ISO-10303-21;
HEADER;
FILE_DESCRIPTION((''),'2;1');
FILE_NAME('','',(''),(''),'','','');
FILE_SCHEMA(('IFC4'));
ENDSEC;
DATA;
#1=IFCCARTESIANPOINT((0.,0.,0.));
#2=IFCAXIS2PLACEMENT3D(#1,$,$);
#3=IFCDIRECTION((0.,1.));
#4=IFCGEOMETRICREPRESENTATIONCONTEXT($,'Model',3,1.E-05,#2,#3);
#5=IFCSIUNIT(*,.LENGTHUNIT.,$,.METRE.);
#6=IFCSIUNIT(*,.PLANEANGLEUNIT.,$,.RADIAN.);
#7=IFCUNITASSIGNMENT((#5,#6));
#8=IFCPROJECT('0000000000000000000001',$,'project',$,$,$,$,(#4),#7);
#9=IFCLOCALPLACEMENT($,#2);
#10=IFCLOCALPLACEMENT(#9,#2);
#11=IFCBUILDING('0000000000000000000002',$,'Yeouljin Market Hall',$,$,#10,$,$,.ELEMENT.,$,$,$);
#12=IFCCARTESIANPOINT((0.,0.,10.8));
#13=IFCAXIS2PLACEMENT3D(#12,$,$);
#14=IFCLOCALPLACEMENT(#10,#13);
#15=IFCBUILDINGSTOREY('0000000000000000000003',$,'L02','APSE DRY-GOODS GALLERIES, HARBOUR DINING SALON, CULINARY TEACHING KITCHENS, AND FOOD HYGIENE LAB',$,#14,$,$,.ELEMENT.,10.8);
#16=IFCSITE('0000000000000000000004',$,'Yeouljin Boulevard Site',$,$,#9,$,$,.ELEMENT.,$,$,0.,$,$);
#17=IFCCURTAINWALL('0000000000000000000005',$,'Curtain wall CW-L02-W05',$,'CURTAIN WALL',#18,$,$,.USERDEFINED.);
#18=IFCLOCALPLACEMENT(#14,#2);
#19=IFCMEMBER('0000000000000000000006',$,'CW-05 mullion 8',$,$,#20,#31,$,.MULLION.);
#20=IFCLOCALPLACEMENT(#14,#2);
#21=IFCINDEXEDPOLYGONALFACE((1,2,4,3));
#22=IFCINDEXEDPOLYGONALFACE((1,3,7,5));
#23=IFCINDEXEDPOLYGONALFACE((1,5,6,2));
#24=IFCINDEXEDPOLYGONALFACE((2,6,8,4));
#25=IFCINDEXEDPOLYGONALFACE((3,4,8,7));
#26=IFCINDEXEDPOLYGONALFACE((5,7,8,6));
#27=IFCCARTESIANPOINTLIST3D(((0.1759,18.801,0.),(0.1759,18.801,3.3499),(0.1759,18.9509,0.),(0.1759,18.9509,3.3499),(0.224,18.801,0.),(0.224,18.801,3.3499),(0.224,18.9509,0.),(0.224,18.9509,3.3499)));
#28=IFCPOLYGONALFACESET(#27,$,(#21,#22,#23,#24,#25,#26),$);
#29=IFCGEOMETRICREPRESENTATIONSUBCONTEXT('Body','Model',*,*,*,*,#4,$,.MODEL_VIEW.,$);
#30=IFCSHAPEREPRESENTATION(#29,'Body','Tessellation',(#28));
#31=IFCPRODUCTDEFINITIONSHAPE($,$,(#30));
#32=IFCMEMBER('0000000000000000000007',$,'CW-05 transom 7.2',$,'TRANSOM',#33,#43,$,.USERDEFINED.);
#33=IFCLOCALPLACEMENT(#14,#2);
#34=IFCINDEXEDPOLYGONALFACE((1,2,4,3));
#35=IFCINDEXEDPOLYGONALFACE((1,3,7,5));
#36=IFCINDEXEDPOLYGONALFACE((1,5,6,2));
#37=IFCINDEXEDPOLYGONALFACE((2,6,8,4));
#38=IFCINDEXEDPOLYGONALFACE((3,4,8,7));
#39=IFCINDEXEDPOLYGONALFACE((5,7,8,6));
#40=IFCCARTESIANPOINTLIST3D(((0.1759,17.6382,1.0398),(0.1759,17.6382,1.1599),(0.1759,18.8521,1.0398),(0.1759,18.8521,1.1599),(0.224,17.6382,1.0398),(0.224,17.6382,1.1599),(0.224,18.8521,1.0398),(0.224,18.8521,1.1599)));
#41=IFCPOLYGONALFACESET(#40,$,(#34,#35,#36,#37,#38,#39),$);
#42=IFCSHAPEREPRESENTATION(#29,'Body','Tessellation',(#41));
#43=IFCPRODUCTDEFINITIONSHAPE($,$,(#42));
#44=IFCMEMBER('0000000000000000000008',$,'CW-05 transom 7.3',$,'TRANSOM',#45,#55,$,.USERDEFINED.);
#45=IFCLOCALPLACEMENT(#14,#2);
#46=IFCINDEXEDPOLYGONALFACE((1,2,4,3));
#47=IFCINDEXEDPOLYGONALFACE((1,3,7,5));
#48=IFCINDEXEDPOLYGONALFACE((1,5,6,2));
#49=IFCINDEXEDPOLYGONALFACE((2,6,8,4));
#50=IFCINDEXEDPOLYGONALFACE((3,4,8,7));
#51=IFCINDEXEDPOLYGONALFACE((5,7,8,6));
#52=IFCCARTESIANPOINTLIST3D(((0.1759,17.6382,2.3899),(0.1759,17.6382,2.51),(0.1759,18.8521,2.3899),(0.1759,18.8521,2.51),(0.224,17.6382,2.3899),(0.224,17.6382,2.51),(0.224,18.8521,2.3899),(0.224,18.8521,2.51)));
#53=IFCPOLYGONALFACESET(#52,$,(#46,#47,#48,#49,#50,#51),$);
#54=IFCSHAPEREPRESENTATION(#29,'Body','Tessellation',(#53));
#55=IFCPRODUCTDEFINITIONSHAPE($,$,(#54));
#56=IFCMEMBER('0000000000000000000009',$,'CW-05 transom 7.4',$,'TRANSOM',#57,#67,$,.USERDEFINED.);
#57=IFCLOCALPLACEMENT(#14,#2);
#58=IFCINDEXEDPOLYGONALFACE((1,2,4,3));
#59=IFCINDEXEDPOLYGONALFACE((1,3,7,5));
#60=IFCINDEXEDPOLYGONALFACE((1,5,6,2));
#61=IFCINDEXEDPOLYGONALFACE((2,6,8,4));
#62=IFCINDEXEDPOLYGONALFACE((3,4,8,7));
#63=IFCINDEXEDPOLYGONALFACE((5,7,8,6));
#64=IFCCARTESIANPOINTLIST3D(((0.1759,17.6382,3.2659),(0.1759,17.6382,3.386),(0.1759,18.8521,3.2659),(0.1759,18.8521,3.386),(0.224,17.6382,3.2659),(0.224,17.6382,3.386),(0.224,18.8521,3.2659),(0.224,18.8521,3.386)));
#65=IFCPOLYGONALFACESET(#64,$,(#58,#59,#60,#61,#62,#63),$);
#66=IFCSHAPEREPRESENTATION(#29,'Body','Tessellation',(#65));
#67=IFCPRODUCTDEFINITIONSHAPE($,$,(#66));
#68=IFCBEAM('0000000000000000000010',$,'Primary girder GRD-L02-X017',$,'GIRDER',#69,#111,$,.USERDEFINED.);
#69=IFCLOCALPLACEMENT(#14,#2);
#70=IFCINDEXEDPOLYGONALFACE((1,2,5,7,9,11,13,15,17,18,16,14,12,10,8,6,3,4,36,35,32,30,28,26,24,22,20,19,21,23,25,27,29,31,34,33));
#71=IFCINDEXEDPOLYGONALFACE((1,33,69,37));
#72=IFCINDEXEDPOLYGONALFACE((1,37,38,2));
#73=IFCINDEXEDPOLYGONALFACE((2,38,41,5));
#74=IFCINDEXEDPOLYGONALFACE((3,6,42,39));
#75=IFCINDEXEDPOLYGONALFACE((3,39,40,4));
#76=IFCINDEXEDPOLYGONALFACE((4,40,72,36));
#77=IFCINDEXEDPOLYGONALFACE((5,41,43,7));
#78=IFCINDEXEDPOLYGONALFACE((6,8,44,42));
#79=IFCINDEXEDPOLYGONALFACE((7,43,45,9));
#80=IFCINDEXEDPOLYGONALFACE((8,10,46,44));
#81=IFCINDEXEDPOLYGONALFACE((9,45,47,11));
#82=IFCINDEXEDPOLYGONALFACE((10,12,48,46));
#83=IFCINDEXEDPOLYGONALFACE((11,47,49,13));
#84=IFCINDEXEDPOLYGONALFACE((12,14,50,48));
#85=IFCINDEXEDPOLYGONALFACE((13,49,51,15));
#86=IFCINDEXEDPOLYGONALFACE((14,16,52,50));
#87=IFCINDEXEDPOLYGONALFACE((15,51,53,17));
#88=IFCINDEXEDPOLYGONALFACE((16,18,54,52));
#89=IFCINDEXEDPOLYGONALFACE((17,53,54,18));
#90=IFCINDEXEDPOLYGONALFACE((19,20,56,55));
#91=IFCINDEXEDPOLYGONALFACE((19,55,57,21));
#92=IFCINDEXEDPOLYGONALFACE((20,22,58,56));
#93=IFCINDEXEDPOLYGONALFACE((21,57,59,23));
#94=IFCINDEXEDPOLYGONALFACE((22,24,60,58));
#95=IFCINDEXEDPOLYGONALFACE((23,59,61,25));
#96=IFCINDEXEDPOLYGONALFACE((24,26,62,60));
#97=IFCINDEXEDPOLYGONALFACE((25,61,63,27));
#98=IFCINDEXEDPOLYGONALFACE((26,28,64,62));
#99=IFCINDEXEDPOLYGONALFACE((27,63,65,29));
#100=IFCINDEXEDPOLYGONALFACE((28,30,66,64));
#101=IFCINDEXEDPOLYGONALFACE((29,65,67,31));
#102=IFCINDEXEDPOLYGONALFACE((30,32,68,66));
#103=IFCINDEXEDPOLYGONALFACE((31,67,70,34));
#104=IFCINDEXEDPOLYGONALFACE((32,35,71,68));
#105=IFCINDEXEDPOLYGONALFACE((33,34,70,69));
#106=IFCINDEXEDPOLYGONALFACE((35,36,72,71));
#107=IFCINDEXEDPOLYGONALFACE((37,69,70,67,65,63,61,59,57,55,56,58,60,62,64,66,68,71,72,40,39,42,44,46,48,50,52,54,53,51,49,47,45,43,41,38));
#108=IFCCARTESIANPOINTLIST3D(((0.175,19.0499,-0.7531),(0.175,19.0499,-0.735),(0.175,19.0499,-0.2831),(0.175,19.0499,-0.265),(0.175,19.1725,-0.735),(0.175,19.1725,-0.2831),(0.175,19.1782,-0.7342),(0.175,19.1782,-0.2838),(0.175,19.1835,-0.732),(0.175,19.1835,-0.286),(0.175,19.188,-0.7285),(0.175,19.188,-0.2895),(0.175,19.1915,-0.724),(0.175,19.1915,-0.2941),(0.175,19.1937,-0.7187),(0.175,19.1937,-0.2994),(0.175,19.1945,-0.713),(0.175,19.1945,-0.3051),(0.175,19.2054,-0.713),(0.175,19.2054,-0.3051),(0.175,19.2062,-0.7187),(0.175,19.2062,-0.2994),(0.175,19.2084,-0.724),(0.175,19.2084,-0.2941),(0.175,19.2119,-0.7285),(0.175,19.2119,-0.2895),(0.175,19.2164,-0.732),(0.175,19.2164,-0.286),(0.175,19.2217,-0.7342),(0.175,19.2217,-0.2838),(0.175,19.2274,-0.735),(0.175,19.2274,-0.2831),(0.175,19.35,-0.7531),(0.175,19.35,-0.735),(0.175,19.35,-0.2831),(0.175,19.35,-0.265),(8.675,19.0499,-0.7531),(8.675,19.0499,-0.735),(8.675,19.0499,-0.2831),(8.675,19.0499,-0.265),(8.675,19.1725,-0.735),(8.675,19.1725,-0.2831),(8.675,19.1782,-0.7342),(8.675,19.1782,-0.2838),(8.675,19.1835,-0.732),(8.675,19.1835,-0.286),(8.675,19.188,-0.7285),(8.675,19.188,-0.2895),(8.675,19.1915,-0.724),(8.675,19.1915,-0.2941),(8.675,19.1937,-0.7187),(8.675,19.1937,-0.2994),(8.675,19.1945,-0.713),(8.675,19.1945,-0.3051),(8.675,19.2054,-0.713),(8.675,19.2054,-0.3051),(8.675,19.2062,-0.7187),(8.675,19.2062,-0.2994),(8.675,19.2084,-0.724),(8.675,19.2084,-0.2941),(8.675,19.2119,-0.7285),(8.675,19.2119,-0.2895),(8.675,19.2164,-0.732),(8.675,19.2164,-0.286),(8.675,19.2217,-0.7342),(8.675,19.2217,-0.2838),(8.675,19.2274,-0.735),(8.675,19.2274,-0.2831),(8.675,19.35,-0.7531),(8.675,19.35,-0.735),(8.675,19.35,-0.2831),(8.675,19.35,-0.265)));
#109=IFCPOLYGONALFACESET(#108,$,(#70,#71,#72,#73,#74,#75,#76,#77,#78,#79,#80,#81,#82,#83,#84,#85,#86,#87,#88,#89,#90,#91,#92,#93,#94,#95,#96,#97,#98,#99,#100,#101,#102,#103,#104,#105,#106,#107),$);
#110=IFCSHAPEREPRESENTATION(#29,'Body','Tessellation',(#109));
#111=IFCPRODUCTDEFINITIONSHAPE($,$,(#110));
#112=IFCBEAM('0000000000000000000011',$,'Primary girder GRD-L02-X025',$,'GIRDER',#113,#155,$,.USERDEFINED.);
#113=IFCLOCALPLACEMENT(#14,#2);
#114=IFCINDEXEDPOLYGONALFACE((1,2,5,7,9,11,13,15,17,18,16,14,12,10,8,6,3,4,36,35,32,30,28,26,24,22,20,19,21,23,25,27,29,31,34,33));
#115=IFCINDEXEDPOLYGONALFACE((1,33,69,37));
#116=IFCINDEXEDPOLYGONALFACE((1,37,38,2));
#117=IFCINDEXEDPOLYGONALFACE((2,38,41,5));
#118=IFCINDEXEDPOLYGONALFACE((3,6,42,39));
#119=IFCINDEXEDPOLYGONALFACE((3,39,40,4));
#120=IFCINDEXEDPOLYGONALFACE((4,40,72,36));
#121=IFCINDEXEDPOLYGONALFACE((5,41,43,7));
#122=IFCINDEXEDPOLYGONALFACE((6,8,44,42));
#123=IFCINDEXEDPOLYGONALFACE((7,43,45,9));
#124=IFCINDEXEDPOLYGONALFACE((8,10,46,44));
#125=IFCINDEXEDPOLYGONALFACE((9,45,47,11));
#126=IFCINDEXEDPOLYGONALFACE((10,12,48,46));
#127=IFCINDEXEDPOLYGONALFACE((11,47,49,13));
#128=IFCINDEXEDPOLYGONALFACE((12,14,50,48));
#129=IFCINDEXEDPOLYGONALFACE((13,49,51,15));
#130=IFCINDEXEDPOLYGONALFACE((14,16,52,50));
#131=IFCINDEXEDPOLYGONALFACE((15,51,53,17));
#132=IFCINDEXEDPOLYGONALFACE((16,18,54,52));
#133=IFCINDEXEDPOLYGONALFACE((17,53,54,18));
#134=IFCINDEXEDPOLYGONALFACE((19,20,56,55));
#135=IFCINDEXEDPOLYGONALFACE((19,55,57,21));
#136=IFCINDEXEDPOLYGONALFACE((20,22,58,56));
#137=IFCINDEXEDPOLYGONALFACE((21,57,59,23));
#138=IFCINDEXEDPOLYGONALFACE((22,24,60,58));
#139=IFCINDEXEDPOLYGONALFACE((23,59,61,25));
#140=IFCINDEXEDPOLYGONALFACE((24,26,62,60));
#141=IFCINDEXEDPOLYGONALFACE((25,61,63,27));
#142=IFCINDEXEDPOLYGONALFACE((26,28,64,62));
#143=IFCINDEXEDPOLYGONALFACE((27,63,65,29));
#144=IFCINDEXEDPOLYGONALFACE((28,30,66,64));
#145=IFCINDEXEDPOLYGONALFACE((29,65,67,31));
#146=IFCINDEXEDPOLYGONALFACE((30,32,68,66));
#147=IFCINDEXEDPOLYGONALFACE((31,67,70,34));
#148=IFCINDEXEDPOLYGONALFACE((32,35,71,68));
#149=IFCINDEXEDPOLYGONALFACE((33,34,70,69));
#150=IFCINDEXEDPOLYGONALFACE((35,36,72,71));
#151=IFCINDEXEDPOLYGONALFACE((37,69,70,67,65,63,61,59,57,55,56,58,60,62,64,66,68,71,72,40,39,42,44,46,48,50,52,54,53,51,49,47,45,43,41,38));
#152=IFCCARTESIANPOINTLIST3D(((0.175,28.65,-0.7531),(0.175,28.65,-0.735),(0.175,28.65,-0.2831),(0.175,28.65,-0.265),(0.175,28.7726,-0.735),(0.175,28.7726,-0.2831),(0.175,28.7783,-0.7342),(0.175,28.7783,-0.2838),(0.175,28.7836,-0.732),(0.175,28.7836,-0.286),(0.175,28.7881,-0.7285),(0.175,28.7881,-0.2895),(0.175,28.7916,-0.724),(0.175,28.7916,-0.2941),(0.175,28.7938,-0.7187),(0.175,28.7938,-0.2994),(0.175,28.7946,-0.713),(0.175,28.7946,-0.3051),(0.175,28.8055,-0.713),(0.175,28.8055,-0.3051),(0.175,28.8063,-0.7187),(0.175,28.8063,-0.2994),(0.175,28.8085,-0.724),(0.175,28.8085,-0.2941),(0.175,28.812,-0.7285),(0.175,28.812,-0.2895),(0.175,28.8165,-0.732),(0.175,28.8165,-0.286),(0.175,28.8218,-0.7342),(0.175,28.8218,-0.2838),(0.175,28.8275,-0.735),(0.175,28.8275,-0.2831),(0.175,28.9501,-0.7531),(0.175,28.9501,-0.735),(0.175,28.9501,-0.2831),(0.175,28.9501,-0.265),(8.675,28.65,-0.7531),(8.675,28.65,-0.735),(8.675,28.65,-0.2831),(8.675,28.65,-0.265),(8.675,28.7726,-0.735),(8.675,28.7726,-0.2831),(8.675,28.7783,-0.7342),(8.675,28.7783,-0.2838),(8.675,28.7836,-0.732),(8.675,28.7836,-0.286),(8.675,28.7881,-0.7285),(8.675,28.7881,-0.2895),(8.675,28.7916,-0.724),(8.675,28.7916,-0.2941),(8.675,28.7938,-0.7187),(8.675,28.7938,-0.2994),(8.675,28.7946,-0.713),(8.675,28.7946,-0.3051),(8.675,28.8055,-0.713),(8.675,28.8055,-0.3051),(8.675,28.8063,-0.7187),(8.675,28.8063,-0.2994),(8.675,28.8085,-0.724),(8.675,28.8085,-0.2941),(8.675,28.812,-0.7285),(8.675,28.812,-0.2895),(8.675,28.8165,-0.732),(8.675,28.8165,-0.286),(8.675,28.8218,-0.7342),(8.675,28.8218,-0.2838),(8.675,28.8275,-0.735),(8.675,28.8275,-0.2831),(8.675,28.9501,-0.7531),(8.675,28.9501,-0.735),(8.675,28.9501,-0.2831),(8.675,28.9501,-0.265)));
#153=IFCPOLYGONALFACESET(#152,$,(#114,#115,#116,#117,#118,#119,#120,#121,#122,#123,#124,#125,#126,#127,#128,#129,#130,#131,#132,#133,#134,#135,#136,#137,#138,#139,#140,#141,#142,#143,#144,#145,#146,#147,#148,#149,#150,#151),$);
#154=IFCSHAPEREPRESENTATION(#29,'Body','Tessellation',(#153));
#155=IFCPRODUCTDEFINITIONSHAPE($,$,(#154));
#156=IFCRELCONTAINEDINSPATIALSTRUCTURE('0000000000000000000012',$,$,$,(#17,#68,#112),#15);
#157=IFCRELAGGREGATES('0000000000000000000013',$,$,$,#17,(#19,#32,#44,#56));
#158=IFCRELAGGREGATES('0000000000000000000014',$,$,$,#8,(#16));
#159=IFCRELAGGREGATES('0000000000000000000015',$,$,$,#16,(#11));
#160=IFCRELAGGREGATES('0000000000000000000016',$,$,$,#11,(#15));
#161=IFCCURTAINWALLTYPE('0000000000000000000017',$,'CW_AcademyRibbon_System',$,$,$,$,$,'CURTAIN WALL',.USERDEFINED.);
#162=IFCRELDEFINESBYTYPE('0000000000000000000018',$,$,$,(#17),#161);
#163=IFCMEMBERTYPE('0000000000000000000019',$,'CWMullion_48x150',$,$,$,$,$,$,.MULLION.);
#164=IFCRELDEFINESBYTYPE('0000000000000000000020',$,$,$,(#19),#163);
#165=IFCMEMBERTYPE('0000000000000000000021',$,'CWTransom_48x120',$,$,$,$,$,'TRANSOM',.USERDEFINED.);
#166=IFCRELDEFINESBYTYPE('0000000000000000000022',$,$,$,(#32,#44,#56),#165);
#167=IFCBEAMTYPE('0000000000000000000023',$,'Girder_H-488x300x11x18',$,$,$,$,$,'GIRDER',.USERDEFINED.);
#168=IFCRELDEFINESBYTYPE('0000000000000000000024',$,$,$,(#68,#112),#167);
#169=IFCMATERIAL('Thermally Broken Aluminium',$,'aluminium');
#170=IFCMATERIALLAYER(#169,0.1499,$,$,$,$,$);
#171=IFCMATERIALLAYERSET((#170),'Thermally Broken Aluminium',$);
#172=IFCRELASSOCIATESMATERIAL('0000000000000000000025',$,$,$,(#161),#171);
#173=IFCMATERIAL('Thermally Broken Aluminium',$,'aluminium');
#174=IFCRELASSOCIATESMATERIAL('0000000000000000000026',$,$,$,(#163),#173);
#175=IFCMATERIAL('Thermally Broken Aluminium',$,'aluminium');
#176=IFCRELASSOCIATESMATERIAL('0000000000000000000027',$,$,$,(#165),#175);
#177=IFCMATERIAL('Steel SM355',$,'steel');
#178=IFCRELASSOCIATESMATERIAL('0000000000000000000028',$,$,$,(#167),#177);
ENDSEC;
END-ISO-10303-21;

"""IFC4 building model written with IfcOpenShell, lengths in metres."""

from ifc_helpers import new_model, si_unit, direction, frame, origin, origin_2d, place, context, subcontext, project, spatial, rectangle, i_section, extrude, material, layer, layer_set, material_profile, profile_set, type_object, element, aggregate, save


model = new_model("IFC4")

# Units and contexts
model_context = context("Model", 3, precision=1e-05, world=origin(), true_north=direction((0.0, 1.0)))
body_context = subcontext(model_context, "Body", "Model", "MODEL_VIEW")
ifc_project = project(units=[si_unit("LENGTHUNIT", "METRE"), si_unit("PLANEANGLEUNIT", "RADIAN")], contexts=[model_context])

# Site, building, storey
site_placement = place(None, origin())
site = spatial("IfcSite", under=ifc_project, at=site_placement, Name="Yeouljin Boulevard Site", CompositionType="ELEMENT", RefElevation=0.0)
building_placement = place(site_placement, origin())
building = spatial("IfcBuilding", under=site, at=building_placement, Name="Yeouljin Market Hall", CompositionType="ELEMENT")
storey_placement = place(building_placement, frame((0.0, 0.0, 10.8)))
storey = spatial("IfcBuildingStorey", under=building, at=storey_placement, Name="L02", Description="APSE DRY-GOODS GALLERIES, HARBOUR DINING SALON, CULINARY TEACHING KITCHENS, AND FOOD HYGIENE LAB", CompositionType="ELEMENT", Elevation=10.8)

# Curtain wall, members
ifc_material_1 = material(Name="Thermally Broken Aluminium", Category="aluminium")
ifc_layer_1 = layer(ifc_material_1, 0.1499)
ifc_layer_set_1 = layer_set([ifc_layer_1], Name="Thermally Broken Aluminium")
curtain_wall_type = type_object("IfcCurtainWallType", Name="CW_AcademyRibbon_System", ElementType="CURTAIN WALL", PredefinedType="USERDEFINED", material=ifc_layer_set_1)
curtain_wall_placement = place(storey_placement, origin())
curtain_wall = element("IfcCurtainWall", 1, at=curtain_wall_placement, inside=storey, type_object=curtain_wall_type, Name="Curtain wall CW-L02-W05", ObjectType="CURTAIN WALL", PredefinedType="USERDEFINED")
ifc_material_2 = material(Name="Thermally Broken Aluminium", Category="aluminium")
ifc_material_profile_1 = material_profile(ifc_material_2, rectangle(XDim=0.0481, YDim=0.1499, at=origin_2d()), Name="CW-MULL-48x150")
ifc_profile_set_1 = profile_set([ifc_material_profile_1], Name="Thermally Broken Aluminium")
member_type_1 = type_object("IfcMemberType", Name="CWMullion_48x150", PredefinedType="MULLION", material=ifc_profile_set_1)
member_1_placement = place(storey_placement, frame((0.2, 18.876, 0.0), z_axis=(0.0, 0.0, 1.0), x_axis=(-1.0, 0.0, 0.0)))
member_1 = element("IfcMember", 2, at=member_1_placement, type_object=member_type_1, Name="CW-05 mullion 8", PredefinedType="MULLION", context=body_context, shape_type="SweptSolid", body=[
    extrude(rectangle(XDim=0.0481, YDim=0.1499, at=origin_2d()), origin(), (0.0, 0.0, 1.0), 3.3499),
])
ifc_material_3 = material(Name="Thermally Broken Aluminium", Category="aluminium")
ifc_material_profile_2 = material_profile(ifc_material_3, rectangle(XDim=0.0481, YDim=0.1201, at=origin_2d()), Name="CW-TRAN-48x120")
ifc_profile_set_2 = profile_set([ifc_material_profile_2], Name="Thermally Broken Aluminium")
member_type_2 = type_object("IfcMemberType", Name="CWTransom_48x120", ElementType="TRANSOM", PredefinedType="USERDEFINED", material=ifc_profile_set_2)
member_2_placement = place(storey_placement, frame((0.2, 17.6382, 1.0999), z_axis=(0.0, 1.0, 0.0), x_axis=(-1.0, 0.0, 0.0)))
member_2 = element("IfcMember", 3, at=member_2_placement, type_object=member_type_2, Name="CW-05 transom 7.2", ObjectType="TRANSOM", PredefinedType="USERDEFINED", context=body_context, shape_type="SweptSolid", body=[
    extrude(rectangle(XDim=0.0481, YDim=0.1201, at=origin_2d()), origin(), (0.0, 0.0, 1.0), 1.2139),
])
member_3_placement = place(storey_placement, frame((0.2, 17.6382, 2.45), z_axis=(0.0, 1.0, 0.0), x_axis=(-1.0, 0.0, 0.0)))
member_3 = element("IfcMember", 4, at=member_3_placement, type_object=member_type_2, Name="CW-05 transom 7.3", ObjectType="TRANSOM", PredefinedType="USERDEFINED", context=body_context, shape_type="SweptSolid", body=[
    extrude(rectangle(XDim=0.0481, YDim=0.1201, at=origin_2d()), origin(), (0.0, 0.0, 1.0), 1.2139),
])
member_4_placement = place(storey_placement, frame((0.2, 17.6382, 3.3259), z_axis=(0.0, 1.0, 0.0), x_axis=(-1.0, 0.0, 0.0)))
member_4 = element("IfcMember", 5, at=member_4_placement, type_object=member_type_2, Name="CW-05 transom 7.4", ObjectType="TRANSOM", PredefinedType="USERDEFINED", context=body_context, shape_type="SweptSolid", body=[
    extrude(rectangle(XDim=0.0481, YDim=0.1201, at=origin_2d()), origin(), (0.0, 0.0, 1.0), 1.2139),
])

# Beams
ifc_material_4 = material(Name="Steel SM355", Category="steel")
ifc_material_profile_3 = material_profile(ifc_material_4, i_section(OverallWidth=0.3, OverallDepth=0.488, WebThickness=0.011, FlangeThickness=0.0181, FilletRadius=0.022, at=origin_2d()), Name="H-488x300x11x18")
ifc_profile_set_3 = profile_set([ifc_material_profile_3], Name="Steel SM355")
beam_type_1 = type_object("IfcBeamType", Name="Girder_H-488x300x11x18", ElementType="GIRDER", PredefinedType="USERDEFINED", material=ifc_profile_set_3)
for number, where, z_axis, x_axis, name in (
    (6, (0.175, 19.2, -0.509), (1.0, 0.0, 0.0), (0.0, 1.0, 0.0), "Primary girder GRD-L02-X017"),
    (7, (0.175, 28.8, -0.509), (1.0, 0.0, 0.0), (0.0, 1.0, 0.0), "Primary girder GRD-L02-X025"),
):
    element("IfcBeam", number, at=place(storey_placement, frame(where, z_axis=z_axis, x_axis=x_axis)), inside=storey, type_object=beam_type_1, Name=name, ObjectType="GIRDER", PredefinedType="USERDEFINED", context=body_context, shape_type="SweptSolid", body=[
        extrude(i_section(OverallWidth=0.3, OverallDepth=0.488, WebThickness=0.011, FlangeThickness=0.0181, FilletRadius=0.022, at=origin_2d()), origin(), (0.0, 0.0, 1.0), 8.5),
    ])

aggregate(curtain_wall, [member_1, member_2, member_3, member_4])

save(model, "model.ifc")
